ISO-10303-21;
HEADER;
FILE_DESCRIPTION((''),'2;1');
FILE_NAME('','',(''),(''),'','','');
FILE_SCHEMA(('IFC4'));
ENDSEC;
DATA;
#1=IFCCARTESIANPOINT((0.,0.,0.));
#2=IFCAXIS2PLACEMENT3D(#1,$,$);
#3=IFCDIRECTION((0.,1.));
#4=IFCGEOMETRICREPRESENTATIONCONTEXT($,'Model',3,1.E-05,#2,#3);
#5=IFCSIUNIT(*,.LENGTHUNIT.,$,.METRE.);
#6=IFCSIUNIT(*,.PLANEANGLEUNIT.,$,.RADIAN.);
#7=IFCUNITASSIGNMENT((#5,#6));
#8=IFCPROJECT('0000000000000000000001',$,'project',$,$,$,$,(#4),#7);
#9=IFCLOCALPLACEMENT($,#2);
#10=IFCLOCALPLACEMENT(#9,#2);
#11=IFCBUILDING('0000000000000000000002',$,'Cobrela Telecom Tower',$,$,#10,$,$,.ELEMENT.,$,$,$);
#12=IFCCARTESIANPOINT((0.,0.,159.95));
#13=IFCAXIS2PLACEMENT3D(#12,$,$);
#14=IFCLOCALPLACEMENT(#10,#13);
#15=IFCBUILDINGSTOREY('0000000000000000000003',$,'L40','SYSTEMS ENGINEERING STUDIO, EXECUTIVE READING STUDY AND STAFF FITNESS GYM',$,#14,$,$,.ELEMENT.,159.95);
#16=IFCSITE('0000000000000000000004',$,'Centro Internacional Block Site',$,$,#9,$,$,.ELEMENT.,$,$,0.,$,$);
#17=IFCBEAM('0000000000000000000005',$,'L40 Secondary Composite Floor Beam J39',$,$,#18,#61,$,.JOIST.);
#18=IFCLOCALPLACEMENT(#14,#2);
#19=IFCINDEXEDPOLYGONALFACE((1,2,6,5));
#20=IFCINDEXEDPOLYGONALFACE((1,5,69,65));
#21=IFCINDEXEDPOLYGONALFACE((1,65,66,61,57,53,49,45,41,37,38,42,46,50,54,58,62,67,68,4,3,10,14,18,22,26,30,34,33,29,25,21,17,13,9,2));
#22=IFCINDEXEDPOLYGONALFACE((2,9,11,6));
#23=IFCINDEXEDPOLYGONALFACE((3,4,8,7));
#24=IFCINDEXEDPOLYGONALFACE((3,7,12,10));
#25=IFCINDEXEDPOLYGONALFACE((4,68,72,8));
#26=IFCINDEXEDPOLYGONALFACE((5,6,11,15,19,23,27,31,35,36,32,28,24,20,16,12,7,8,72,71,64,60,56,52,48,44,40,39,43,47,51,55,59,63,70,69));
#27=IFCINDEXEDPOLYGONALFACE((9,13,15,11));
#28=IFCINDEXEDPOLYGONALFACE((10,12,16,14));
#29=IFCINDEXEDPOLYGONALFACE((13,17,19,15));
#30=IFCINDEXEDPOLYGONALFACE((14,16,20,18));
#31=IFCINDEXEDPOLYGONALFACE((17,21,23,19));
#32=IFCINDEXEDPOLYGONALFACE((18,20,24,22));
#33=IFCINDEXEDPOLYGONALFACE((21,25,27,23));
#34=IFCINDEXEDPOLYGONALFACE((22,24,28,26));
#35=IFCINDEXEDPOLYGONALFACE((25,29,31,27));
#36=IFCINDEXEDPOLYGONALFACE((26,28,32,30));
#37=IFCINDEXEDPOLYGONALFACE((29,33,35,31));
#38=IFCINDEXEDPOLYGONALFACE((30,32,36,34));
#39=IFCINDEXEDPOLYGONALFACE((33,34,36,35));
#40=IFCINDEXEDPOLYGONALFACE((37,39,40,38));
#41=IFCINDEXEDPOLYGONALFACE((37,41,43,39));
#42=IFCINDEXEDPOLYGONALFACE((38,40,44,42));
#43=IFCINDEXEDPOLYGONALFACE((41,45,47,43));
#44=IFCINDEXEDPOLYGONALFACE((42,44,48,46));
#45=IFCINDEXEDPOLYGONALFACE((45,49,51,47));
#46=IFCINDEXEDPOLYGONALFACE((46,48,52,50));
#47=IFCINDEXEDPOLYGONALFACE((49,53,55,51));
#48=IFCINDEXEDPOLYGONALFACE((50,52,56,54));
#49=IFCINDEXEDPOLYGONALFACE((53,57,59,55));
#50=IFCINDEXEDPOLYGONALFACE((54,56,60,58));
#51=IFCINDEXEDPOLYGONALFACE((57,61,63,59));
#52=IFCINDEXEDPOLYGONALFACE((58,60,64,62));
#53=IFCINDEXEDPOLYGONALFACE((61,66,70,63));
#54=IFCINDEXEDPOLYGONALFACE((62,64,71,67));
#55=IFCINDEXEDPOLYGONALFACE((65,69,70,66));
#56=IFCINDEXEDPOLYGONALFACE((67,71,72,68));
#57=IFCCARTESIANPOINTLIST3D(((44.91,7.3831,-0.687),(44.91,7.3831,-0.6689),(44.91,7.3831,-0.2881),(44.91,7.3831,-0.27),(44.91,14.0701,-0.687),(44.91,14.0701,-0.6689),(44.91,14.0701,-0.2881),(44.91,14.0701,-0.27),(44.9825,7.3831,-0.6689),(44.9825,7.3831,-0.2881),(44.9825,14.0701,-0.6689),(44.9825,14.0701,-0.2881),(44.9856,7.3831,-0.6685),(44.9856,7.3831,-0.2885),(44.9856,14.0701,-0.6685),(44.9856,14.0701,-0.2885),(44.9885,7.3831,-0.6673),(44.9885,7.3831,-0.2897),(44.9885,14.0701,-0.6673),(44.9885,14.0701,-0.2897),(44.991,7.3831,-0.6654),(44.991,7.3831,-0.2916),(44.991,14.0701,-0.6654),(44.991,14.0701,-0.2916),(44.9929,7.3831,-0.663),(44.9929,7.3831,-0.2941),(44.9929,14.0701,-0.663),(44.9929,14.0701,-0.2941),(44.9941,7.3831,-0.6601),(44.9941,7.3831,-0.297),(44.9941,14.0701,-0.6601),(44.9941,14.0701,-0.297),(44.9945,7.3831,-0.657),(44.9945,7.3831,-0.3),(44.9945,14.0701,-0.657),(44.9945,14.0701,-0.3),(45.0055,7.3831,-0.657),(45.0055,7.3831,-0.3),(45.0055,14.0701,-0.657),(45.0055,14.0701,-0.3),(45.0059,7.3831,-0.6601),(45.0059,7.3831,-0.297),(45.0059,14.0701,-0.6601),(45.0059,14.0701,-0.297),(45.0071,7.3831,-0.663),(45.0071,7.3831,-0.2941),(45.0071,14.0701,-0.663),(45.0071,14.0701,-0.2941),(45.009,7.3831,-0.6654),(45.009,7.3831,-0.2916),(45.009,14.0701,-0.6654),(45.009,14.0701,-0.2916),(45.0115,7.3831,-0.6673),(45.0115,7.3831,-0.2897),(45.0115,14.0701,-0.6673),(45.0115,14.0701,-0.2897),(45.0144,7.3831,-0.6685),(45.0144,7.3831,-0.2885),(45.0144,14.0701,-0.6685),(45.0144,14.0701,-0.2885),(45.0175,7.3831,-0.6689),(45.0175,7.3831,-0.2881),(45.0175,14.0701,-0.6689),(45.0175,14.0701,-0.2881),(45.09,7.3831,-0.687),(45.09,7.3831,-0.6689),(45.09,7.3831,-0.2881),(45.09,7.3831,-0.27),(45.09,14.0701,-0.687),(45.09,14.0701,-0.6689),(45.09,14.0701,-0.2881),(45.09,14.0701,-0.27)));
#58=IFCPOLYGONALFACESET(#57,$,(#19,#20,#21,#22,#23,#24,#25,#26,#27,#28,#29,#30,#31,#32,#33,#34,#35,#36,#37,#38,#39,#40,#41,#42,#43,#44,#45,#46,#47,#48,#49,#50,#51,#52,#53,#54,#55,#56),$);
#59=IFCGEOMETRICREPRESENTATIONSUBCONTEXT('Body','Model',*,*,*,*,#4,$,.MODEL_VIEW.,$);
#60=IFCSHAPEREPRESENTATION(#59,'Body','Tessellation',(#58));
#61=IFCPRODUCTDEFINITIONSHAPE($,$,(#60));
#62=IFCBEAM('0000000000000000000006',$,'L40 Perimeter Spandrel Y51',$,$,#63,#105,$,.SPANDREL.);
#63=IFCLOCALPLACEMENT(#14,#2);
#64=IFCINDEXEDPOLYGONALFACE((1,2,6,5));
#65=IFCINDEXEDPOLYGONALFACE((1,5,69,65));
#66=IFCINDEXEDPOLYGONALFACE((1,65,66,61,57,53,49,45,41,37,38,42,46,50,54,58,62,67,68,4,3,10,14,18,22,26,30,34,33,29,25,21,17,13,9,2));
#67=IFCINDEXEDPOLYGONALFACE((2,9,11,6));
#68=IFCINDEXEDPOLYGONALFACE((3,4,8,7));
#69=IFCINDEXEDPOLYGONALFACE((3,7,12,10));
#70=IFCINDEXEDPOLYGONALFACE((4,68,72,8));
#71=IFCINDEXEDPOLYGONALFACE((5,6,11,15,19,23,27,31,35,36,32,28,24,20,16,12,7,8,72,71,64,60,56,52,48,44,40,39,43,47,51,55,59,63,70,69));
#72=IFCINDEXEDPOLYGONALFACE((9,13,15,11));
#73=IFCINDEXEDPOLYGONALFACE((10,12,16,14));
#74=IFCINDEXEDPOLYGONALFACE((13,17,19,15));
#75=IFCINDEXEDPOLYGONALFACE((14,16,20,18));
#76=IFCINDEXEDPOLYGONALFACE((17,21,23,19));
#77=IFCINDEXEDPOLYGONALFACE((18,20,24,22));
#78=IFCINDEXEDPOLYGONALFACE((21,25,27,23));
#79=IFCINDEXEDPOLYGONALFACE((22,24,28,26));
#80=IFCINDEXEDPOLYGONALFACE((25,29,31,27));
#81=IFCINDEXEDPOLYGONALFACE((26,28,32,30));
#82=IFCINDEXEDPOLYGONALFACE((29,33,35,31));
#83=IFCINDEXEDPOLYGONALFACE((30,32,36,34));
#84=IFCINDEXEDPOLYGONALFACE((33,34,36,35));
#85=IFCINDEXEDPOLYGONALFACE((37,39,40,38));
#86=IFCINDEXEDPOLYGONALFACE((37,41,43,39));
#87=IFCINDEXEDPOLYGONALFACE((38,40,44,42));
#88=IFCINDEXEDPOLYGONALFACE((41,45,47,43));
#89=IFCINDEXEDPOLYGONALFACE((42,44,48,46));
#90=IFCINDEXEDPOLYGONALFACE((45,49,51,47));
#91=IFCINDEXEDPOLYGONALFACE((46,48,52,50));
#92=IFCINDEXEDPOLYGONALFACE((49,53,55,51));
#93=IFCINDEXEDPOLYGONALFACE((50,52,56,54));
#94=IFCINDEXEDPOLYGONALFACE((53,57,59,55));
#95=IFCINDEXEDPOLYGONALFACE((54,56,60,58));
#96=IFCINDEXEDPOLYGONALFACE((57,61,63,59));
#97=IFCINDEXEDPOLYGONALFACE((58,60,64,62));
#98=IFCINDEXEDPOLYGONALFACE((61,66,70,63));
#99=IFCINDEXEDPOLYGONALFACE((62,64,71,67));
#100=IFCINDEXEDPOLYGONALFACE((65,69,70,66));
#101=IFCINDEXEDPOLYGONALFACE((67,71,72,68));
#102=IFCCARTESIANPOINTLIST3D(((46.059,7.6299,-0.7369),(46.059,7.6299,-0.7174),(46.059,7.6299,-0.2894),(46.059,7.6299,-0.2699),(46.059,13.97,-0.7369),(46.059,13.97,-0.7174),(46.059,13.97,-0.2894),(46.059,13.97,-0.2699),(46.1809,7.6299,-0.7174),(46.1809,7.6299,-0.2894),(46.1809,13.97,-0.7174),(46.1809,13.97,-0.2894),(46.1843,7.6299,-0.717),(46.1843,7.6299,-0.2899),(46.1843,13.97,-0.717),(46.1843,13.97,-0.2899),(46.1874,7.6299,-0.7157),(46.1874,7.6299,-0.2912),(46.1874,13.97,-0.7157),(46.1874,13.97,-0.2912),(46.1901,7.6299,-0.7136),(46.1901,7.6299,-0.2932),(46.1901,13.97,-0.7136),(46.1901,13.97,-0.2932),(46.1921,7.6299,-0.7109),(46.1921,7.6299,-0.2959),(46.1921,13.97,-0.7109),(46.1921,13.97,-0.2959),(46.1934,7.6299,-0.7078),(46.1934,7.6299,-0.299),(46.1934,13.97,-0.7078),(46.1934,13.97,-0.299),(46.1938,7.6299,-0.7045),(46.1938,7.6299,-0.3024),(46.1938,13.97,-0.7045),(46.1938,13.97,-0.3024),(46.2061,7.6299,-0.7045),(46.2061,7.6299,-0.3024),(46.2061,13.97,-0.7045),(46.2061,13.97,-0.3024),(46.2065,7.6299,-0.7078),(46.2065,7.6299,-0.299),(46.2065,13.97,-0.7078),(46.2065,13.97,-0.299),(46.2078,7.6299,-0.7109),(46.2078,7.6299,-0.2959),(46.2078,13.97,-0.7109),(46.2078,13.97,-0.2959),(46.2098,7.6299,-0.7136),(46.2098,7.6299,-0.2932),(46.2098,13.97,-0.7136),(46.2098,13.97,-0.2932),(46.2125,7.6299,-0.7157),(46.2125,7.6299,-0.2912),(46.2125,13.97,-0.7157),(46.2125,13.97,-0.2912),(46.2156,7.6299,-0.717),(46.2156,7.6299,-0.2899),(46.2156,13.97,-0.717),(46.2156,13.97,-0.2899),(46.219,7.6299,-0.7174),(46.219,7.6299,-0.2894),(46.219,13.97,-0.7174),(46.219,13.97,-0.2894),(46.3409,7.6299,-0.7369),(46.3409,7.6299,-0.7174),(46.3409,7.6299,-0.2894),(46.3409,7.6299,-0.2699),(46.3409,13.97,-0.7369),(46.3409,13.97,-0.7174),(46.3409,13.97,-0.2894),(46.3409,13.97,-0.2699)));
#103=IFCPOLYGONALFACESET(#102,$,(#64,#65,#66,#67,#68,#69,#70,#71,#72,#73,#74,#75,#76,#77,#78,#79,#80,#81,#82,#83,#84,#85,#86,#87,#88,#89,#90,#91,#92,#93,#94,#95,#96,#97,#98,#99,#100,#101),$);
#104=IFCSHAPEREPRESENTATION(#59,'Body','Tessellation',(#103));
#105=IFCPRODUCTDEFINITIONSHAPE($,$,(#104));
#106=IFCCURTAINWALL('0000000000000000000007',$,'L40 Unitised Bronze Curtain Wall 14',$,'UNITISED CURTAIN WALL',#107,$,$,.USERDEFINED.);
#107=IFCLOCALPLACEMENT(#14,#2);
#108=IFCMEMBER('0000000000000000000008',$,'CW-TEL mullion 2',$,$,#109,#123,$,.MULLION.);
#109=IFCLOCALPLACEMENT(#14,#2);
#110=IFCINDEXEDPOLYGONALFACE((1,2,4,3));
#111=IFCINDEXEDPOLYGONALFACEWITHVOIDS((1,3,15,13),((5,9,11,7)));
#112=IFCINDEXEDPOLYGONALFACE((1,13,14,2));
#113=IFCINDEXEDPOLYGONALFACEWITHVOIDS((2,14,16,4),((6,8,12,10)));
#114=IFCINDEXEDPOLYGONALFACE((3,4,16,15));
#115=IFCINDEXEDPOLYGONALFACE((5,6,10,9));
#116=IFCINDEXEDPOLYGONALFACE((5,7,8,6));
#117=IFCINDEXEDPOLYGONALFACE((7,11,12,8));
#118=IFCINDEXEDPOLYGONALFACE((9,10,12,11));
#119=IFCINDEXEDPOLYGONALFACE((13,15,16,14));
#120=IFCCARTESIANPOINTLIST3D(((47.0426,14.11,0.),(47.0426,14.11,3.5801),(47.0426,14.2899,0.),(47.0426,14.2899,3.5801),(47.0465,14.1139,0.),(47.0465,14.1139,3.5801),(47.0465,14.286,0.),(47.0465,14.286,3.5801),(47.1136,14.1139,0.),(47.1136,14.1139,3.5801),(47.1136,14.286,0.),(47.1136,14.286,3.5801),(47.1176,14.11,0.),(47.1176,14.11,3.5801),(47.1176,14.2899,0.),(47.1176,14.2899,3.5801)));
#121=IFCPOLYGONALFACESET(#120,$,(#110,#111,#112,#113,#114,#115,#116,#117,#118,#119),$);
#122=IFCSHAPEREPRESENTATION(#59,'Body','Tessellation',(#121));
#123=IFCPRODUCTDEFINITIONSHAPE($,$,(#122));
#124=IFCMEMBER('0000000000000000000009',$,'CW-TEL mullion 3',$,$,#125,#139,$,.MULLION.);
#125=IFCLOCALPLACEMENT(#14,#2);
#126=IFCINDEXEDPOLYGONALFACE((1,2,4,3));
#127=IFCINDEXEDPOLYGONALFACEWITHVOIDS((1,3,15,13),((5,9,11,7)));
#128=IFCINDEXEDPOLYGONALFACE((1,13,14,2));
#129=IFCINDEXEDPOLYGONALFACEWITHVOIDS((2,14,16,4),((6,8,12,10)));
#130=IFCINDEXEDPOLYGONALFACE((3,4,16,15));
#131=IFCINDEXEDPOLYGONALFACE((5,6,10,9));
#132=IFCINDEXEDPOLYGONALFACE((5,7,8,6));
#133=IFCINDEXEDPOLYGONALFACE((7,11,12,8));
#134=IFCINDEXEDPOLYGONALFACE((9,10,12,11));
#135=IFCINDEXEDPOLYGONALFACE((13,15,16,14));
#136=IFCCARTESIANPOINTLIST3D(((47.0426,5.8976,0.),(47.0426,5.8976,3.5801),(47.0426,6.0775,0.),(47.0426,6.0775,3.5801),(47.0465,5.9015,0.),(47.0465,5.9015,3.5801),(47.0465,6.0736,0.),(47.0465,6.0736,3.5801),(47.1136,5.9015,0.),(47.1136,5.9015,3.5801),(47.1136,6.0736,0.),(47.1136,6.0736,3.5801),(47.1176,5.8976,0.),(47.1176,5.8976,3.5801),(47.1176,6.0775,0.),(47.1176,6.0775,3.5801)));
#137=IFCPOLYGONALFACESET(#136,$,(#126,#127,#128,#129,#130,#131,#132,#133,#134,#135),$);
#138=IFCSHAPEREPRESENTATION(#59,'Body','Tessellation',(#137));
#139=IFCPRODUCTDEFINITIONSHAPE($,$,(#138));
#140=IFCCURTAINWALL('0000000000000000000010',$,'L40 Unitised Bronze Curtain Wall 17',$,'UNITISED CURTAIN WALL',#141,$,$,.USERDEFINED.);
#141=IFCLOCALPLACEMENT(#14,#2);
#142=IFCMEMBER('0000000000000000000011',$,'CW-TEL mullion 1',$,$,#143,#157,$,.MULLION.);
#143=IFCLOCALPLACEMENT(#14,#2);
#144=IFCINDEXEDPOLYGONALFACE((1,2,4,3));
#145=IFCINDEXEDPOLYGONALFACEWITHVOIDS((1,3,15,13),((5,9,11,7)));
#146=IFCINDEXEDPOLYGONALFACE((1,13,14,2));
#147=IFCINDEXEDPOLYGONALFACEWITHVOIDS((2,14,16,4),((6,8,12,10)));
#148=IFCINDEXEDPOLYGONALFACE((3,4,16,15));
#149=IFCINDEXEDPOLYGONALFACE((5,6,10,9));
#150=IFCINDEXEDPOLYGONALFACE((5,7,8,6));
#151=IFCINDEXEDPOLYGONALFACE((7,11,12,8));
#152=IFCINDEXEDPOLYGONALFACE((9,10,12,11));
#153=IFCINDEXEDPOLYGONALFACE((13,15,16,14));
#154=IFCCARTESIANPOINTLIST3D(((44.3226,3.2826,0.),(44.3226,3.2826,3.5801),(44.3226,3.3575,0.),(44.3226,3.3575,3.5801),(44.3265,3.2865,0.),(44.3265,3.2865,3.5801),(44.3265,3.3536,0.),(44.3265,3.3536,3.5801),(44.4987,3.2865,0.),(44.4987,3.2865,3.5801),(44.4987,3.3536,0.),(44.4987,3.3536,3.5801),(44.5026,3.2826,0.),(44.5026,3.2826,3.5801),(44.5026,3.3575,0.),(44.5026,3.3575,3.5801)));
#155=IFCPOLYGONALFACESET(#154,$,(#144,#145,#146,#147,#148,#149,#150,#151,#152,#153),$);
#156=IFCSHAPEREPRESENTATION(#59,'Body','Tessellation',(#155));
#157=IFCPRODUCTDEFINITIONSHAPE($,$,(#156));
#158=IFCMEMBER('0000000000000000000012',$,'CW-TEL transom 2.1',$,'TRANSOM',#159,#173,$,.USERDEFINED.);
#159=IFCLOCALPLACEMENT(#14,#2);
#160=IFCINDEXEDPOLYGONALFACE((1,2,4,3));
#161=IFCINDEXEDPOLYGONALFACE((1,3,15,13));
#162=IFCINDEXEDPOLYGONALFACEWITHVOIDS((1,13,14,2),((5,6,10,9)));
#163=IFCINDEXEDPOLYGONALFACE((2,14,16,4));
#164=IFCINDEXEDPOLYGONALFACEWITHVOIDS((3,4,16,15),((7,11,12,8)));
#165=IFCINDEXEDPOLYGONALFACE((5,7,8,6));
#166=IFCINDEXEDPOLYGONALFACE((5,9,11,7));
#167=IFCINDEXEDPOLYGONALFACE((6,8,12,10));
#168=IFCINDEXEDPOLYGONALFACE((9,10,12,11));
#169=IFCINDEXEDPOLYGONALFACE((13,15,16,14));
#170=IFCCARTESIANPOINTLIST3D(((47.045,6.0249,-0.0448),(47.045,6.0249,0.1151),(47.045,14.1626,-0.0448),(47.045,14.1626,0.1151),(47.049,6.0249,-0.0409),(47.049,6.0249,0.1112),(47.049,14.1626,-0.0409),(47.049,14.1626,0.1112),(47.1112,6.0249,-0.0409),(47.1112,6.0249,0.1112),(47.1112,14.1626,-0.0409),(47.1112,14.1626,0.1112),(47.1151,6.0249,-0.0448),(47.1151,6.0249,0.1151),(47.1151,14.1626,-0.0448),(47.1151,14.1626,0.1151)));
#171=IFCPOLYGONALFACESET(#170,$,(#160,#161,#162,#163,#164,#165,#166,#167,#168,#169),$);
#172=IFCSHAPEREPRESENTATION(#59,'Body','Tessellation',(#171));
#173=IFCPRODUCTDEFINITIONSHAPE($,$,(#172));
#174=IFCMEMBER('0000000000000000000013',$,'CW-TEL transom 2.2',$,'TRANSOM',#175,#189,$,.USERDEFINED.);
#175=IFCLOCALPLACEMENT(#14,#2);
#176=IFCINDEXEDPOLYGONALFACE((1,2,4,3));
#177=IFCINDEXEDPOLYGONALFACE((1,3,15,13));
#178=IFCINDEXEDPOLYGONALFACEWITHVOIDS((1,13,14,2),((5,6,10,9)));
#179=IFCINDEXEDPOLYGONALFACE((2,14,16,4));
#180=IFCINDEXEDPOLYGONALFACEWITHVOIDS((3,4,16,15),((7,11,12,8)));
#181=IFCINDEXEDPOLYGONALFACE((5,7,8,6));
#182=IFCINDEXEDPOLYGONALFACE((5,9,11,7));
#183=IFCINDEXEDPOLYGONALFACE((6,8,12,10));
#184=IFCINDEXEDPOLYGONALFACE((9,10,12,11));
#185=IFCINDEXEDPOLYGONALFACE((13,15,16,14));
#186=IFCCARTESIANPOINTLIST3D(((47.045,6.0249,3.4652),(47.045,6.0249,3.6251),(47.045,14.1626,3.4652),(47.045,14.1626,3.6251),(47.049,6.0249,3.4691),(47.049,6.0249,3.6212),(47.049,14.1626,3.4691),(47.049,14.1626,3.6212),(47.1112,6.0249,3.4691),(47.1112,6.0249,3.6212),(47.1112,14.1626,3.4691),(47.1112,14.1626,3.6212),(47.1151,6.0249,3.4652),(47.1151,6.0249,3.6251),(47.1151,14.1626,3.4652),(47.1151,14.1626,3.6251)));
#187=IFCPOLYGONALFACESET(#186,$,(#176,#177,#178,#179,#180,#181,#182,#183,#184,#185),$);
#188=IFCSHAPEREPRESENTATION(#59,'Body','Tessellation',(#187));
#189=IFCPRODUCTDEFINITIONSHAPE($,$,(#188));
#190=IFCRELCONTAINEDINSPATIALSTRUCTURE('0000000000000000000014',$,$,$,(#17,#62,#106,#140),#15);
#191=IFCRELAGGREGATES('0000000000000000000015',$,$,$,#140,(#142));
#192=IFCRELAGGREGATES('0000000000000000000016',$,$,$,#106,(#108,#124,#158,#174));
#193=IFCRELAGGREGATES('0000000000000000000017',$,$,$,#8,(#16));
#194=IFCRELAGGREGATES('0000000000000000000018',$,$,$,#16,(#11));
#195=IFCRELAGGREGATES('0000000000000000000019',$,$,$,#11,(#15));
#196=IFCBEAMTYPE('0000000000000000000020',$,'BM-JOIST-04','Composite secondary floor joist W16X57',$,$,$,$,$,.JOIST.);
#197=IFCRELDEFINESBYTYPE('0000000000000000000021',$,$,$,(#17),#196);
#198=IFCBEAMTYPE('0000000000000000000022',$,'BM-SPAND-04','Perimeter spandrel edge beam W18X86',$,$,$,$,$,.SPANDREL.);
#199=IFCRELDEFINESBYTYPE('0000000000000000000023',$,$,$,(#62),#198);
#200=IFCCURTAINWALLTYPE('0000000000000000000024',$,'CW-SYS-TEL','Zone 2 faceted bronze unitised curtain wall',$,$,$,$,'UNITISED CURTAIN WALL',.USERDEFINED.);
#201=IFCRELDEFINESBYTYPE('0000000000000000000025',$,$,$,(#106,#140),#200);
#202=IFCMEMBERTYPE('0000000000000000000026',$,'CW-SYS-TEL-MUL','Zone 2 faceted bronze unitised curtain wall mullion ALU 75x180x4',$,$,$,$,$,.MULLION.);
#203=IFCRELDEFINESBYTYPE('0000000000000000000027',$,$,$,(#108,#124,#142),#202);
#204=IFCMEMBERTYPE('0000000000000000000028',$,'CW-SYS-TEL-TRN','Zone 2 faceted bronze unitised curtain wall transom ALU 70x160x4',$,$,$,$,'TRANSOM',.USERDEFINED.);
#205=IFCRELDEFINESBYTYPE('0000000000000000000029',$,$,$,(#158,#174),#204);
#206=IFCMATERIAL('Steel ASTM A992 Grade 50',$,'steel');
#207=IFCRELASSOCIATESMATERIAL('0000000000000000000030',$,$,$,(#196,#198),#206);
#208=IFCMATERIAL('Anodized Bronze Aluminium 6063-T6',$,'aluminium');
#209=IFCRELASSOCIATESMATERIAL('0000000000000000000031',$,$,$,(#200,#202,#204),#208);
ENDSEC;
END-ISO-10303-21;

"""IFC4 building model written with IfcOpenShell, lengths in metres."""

from ifc_helpers import new_model, si_unit, direction, frame, origin, origin_2d, place, context, subcontext, project, spatial, hollow_rectangle, i_section, extrude, material, material_profile, profile_set, type_object, element, aggregate, save


model = new_model("IFC4")

# Units and contexts
model_context = context("Model", 3, precision=1e-05, world=origin(), true_north=direction((0.0, 1.0)))
body_context = subcontext(model_context, "Body", "Model", "MODEL_VIEW")
ifc_project = project(units=[si_unit("LENGTHUNIT", "METRE"), si_unit("PLANEANGLEUNIT", "RADIAN")], contexts=[model_context])

# Site, building, storey
site_placement = place(None, origin())
site = spatial("IfcSite", under=ifc_project, at=site_placement, Name="Centro Internacional Block Site", CompositionType="ELEMENT", RefElevation=0.0)
building_placement = place(site_placement, origin())
building = spatial("IfcBuilding", under=site, at=building_placement, Name="Cobrela Telecom Tower", CompositionType="ELEMENT")
storey_placement = place(building_placement, frame((0.0, 0.0, 159.95)))
storey = spatial("IfcBuildingStorey", under=building, at=storey_placement, Name="L40", Description="SYSTEMS ENGINEERING STUDIO, EXECUTIVE READING STUDY AND STAFF FITNESS GYM", CompositionType="ELEMENT", Elevation=159.95)

# Shared definitions
ifc_material_1 = material(Name="Steel ASTM A992 Grade 50", Category="steel")

# Beams
ifc_material_profile_1 = material_profile(ifc_material_1, i_section(OverallWidth=0.1799, OverallDepth=0.417, WebThickness=0.011, FlangeThickness=0.0181, FilletRadius=0.012, at=origin_2d()), Name="W16X57")
ifc_profile_set_1 = profile_set([ifc_material_profile_1], Name="Steel ASTM A992 Grade 50")
beam_type_1 = type_object("IfcBeamType", Name="BM-JOIST-04", Description="Composite secondary floor joist W16X57", PredefinedType="JOIST", material=ifc_profile_set_1)
beam_1_placement = place(storey_placement, frame((45.0, 7.3831, -0.4785), z_axis=(0.0, 1.0, 0.0), x_axis=(-1.0, 0.0, 0.0)))
element("IfcBeam", 1, at=beam_1_placement, inside=storey, type_object=beam_type_1, Name="L40 Secondary Composite Floor Beam J39", PredefinedType="JOIST", context=body_context, shape_type="SweptSolid", body=[
    extrude(i_section(OverallWidth=0.1799, OverallDepth=0.417, WebThickness=0.011, FlangeThickness=0.0181, FilletRadius=0.012, at=origin_2d()), origin(), (0.0, 0.0, 1.0), 6.687),
])
ifc_material_profile_2 = material_profile(ifc_material_1, i_section(OverallWidth=0.282, OverallDepth=0.467, WebThickness=0.0122, FlangeThickness=0.0195, FilletRadius=0.0129, at=origin_2d()), Name="W18X86")
ifc_profile_set_2 = profile_set([ifc_material_profile_2], Name="Steel ASTM A992 Grade 50")
beam_type_2 = type_object("IfcBeamType", Name="BM-SPAND-04", Description="Perimeter spandrel edge beam W18X86", PredefinedType="SPANDREL", material=ifc_profile_set_2)
beam_2_placement = place(storey_placement, frame((46.2, 7.6299, -0.5034), z_axis=(0.0, 1.0, 0.0), x_axis=(-1.0, 0.0, 0.0)))
element("IfcBeam", 2, at=beam_2_placement, inside=storey, type_object=beam_type_2, Name="L40 Perimeter Spandrel Y51", PredefinedType="SPANDREL", context=body_context, shape_type="SweptSolid", body=[
    extrude(i_section(OverallWidth=0.282, OverallDepth=0.467, WebThickness=0.0122, FlangeThickness=0.0195, FilletRadius=0.0129, at=origin_2d()), origin(), (0.0, 0.0, 1.0), 6.3401),
])

# Curtain wall, members
ifc_material_2 = material(Name="Anodized Bronze Aluminium 6063-T6", Category="aluminium")
curtain_wall_type = type_object("IfcCurtainWallType", Name="CW-SYS-TEL", Description="Zone 2 faceted bronze unitised curtain wall", ElementType="UNITISED CURTAIN WALL", PredefinedType="USERDEFINED", material=ifc_material_2)
curtain_wall_1_placement = place(storey_placement, origin())
curtain_wall_1 = element("IfcCurtainWall", 3, at=curtain_wall_1_placement, inside=storey, type_object=curtain_wall_type, Name="L40 Unitised Bronze Curtain Wall 14", ObjectType="UNITISED CURTAIN WALL", PredefinedType="USERDEFINED")
ifc_material_profile_3 = material_profile(ifc_material_2, hollow_rectangle(XDim=0.075, YDim=0.1799, WallThickness=0.0039, at=origin_2d()), Name="ALU 75x180x4")
ifc_profile_set_3 = profile_set([ifc_material_profile_3], Name="Anodized Bronze Aluminium 6063-T6")
member_type_1 = type_object("IfcMemberType", Name="CW-SYS-TEL-MUL", Description="Zone 2 faceted bronze unitised curtain wall mullion ALU 75x180x4", PredefinedType="MULLION", material=ifc_profile_set_3)
member_1_placement = place(storey_placement, frame((47.0801, 14.2, 0.0), z_axis=(0.0, 0.0, 1.0), x_axis=(1.0, 0.0, 0.0)))
member_1 = element("IfcMember", 4, at=member_1_placement, type_object=member_type_1, Name="CW-TEL mullion 2", PredefinedType="MULLION", context=body_context, shape_type="SweptSolid", body=[
    extrude(hollow_rectangle(XDim=0.075, YDim=0.1799, WallThickness=0.0039, at=origin_2d()), origin(), (0.0, 0.0, 1.0), 3.5801),
])
member_2_placement = place(storey_placement, frame((47.0801, 5.9875, 0.0), z_axis=(0.0, 0.0, 1.0), x_axis=(1.0, 0.0, 0.0)))
member_2 = element("IfcMember", 5, at=member_2_placement, type_object=member_type_1, Name="CW-TEL mullion 3", PredefinedType="MULLION", context=body_context, shape_type="SweptSolid", body=[
    extrude(hollow_rectangle(XDim=0.075, YDim=0.1799, WallThickness=0.0039, at=origin_2d()), origin(), (0.0, 0.0, 1.0), 3.5801),
])

# Curtain wall, member
curtain_wall_2_placement = place(storey_placement, origin())
curtain_wall_2 = element("IfcCurtainWall", 6, at=curtain_wall_2_placement, inside=storey, type_object=curtain_wall_type, Name="L40 Unitised Bronze Curtain Wall 17", ObjectType="UNITISED CURTAIN WALL", PredefinedType="USERDEFINED")
member_3_placement = place(storey_placement, frame((44.4126, 3.3201, 0.0), z_axis=(0.0, 0.0, 1.0), x_axis=(0.0, -1.0, 0.0)))
member_3 = element("IfcMember", 7, at=member_3_placement, type_object=member_type_1, Name="CW-TEL mullion 1", PredefinedType="MULLION", context=body_context, shape_type="SweptSolid", body=[
    extrude(hollow_rectangle(XDim=0.075, YDim=0.1799, WallThickness=0.0039, at=origin_2d()), origin(), (0.0, 0.0, 1.0), 3.5801),
])

# Members
ifc_material_profile_4 = material_profile(ifc_material_2, hollow_rectangle(XDim=0.0701, YDim=0.1599, WallThickness=0.0039, at=origin_2d()), Name="ALU 70x160x4")
ifc_profile_set_4 = profile_set([ifc_material_profile_4], Name="Anodized Bronze Aluminium 6063-T6")
member_type_2 = type_object("IfcMemberType", Name="CW-SYS-TEL-TRN", Description="Zone 2 faceted bronze unitised curtain wall transom ALU 70x160x4", ElementType="TRANSOM", PredefinedType="USERDEFINED", material=ifc_profile_set_4)
member_4_placement = place(storey_placement, frame((47.0801, 14.1626, 0.0352), z_axis=(0.0, -1.0, 0.0), x_axis=(1.0, 0.0, 0.0)))
member_4 = element("IfcMember", 8, at=member_4_placement, type_object=member_type_2, Name="CW-TEL transom 2.1", ObjectType="TRANSOM", PredefinedType="USERDEFINED", context=body_context, shape_type="SweptSolid", body=[
    extrude(hollow_rectangle(XDim=0.0701, YDim=0.1599, WallThickness=0.0039, at=origin_2d()), origin(), (0.0, 0.0, 1.0), 8.1377),
])
member_5_placement = place(storey_placement, frame((47.0801, 14.1626, 3.5452), z_axis=(0.0, -1.0, 0.0), x_axis=(1.0, 0.0, 0.0)))
member_5 = element("IfcMember", 9, at=member_5_placement, type_object=member_type_2, Name="CW-TEL transom 2.2", ObjectType="TRANSOM", PredefinedType="USERDEFINED", context=body_context, shape_type="SweptSolid", body=[
    extrude(hollow_rectangle(XDim=0.0701, YDim=0.1599, WallThickness=0.0039, at=origin_2d()), origin(), (0.0, 0.0, 1.0), 8.1377),
])
aggregate(curtain_wall_2, [member_3])

aggregate(curtain_wall_1, [member_1, member_2, member_4, member_5])

save(model, "model.ifc")
